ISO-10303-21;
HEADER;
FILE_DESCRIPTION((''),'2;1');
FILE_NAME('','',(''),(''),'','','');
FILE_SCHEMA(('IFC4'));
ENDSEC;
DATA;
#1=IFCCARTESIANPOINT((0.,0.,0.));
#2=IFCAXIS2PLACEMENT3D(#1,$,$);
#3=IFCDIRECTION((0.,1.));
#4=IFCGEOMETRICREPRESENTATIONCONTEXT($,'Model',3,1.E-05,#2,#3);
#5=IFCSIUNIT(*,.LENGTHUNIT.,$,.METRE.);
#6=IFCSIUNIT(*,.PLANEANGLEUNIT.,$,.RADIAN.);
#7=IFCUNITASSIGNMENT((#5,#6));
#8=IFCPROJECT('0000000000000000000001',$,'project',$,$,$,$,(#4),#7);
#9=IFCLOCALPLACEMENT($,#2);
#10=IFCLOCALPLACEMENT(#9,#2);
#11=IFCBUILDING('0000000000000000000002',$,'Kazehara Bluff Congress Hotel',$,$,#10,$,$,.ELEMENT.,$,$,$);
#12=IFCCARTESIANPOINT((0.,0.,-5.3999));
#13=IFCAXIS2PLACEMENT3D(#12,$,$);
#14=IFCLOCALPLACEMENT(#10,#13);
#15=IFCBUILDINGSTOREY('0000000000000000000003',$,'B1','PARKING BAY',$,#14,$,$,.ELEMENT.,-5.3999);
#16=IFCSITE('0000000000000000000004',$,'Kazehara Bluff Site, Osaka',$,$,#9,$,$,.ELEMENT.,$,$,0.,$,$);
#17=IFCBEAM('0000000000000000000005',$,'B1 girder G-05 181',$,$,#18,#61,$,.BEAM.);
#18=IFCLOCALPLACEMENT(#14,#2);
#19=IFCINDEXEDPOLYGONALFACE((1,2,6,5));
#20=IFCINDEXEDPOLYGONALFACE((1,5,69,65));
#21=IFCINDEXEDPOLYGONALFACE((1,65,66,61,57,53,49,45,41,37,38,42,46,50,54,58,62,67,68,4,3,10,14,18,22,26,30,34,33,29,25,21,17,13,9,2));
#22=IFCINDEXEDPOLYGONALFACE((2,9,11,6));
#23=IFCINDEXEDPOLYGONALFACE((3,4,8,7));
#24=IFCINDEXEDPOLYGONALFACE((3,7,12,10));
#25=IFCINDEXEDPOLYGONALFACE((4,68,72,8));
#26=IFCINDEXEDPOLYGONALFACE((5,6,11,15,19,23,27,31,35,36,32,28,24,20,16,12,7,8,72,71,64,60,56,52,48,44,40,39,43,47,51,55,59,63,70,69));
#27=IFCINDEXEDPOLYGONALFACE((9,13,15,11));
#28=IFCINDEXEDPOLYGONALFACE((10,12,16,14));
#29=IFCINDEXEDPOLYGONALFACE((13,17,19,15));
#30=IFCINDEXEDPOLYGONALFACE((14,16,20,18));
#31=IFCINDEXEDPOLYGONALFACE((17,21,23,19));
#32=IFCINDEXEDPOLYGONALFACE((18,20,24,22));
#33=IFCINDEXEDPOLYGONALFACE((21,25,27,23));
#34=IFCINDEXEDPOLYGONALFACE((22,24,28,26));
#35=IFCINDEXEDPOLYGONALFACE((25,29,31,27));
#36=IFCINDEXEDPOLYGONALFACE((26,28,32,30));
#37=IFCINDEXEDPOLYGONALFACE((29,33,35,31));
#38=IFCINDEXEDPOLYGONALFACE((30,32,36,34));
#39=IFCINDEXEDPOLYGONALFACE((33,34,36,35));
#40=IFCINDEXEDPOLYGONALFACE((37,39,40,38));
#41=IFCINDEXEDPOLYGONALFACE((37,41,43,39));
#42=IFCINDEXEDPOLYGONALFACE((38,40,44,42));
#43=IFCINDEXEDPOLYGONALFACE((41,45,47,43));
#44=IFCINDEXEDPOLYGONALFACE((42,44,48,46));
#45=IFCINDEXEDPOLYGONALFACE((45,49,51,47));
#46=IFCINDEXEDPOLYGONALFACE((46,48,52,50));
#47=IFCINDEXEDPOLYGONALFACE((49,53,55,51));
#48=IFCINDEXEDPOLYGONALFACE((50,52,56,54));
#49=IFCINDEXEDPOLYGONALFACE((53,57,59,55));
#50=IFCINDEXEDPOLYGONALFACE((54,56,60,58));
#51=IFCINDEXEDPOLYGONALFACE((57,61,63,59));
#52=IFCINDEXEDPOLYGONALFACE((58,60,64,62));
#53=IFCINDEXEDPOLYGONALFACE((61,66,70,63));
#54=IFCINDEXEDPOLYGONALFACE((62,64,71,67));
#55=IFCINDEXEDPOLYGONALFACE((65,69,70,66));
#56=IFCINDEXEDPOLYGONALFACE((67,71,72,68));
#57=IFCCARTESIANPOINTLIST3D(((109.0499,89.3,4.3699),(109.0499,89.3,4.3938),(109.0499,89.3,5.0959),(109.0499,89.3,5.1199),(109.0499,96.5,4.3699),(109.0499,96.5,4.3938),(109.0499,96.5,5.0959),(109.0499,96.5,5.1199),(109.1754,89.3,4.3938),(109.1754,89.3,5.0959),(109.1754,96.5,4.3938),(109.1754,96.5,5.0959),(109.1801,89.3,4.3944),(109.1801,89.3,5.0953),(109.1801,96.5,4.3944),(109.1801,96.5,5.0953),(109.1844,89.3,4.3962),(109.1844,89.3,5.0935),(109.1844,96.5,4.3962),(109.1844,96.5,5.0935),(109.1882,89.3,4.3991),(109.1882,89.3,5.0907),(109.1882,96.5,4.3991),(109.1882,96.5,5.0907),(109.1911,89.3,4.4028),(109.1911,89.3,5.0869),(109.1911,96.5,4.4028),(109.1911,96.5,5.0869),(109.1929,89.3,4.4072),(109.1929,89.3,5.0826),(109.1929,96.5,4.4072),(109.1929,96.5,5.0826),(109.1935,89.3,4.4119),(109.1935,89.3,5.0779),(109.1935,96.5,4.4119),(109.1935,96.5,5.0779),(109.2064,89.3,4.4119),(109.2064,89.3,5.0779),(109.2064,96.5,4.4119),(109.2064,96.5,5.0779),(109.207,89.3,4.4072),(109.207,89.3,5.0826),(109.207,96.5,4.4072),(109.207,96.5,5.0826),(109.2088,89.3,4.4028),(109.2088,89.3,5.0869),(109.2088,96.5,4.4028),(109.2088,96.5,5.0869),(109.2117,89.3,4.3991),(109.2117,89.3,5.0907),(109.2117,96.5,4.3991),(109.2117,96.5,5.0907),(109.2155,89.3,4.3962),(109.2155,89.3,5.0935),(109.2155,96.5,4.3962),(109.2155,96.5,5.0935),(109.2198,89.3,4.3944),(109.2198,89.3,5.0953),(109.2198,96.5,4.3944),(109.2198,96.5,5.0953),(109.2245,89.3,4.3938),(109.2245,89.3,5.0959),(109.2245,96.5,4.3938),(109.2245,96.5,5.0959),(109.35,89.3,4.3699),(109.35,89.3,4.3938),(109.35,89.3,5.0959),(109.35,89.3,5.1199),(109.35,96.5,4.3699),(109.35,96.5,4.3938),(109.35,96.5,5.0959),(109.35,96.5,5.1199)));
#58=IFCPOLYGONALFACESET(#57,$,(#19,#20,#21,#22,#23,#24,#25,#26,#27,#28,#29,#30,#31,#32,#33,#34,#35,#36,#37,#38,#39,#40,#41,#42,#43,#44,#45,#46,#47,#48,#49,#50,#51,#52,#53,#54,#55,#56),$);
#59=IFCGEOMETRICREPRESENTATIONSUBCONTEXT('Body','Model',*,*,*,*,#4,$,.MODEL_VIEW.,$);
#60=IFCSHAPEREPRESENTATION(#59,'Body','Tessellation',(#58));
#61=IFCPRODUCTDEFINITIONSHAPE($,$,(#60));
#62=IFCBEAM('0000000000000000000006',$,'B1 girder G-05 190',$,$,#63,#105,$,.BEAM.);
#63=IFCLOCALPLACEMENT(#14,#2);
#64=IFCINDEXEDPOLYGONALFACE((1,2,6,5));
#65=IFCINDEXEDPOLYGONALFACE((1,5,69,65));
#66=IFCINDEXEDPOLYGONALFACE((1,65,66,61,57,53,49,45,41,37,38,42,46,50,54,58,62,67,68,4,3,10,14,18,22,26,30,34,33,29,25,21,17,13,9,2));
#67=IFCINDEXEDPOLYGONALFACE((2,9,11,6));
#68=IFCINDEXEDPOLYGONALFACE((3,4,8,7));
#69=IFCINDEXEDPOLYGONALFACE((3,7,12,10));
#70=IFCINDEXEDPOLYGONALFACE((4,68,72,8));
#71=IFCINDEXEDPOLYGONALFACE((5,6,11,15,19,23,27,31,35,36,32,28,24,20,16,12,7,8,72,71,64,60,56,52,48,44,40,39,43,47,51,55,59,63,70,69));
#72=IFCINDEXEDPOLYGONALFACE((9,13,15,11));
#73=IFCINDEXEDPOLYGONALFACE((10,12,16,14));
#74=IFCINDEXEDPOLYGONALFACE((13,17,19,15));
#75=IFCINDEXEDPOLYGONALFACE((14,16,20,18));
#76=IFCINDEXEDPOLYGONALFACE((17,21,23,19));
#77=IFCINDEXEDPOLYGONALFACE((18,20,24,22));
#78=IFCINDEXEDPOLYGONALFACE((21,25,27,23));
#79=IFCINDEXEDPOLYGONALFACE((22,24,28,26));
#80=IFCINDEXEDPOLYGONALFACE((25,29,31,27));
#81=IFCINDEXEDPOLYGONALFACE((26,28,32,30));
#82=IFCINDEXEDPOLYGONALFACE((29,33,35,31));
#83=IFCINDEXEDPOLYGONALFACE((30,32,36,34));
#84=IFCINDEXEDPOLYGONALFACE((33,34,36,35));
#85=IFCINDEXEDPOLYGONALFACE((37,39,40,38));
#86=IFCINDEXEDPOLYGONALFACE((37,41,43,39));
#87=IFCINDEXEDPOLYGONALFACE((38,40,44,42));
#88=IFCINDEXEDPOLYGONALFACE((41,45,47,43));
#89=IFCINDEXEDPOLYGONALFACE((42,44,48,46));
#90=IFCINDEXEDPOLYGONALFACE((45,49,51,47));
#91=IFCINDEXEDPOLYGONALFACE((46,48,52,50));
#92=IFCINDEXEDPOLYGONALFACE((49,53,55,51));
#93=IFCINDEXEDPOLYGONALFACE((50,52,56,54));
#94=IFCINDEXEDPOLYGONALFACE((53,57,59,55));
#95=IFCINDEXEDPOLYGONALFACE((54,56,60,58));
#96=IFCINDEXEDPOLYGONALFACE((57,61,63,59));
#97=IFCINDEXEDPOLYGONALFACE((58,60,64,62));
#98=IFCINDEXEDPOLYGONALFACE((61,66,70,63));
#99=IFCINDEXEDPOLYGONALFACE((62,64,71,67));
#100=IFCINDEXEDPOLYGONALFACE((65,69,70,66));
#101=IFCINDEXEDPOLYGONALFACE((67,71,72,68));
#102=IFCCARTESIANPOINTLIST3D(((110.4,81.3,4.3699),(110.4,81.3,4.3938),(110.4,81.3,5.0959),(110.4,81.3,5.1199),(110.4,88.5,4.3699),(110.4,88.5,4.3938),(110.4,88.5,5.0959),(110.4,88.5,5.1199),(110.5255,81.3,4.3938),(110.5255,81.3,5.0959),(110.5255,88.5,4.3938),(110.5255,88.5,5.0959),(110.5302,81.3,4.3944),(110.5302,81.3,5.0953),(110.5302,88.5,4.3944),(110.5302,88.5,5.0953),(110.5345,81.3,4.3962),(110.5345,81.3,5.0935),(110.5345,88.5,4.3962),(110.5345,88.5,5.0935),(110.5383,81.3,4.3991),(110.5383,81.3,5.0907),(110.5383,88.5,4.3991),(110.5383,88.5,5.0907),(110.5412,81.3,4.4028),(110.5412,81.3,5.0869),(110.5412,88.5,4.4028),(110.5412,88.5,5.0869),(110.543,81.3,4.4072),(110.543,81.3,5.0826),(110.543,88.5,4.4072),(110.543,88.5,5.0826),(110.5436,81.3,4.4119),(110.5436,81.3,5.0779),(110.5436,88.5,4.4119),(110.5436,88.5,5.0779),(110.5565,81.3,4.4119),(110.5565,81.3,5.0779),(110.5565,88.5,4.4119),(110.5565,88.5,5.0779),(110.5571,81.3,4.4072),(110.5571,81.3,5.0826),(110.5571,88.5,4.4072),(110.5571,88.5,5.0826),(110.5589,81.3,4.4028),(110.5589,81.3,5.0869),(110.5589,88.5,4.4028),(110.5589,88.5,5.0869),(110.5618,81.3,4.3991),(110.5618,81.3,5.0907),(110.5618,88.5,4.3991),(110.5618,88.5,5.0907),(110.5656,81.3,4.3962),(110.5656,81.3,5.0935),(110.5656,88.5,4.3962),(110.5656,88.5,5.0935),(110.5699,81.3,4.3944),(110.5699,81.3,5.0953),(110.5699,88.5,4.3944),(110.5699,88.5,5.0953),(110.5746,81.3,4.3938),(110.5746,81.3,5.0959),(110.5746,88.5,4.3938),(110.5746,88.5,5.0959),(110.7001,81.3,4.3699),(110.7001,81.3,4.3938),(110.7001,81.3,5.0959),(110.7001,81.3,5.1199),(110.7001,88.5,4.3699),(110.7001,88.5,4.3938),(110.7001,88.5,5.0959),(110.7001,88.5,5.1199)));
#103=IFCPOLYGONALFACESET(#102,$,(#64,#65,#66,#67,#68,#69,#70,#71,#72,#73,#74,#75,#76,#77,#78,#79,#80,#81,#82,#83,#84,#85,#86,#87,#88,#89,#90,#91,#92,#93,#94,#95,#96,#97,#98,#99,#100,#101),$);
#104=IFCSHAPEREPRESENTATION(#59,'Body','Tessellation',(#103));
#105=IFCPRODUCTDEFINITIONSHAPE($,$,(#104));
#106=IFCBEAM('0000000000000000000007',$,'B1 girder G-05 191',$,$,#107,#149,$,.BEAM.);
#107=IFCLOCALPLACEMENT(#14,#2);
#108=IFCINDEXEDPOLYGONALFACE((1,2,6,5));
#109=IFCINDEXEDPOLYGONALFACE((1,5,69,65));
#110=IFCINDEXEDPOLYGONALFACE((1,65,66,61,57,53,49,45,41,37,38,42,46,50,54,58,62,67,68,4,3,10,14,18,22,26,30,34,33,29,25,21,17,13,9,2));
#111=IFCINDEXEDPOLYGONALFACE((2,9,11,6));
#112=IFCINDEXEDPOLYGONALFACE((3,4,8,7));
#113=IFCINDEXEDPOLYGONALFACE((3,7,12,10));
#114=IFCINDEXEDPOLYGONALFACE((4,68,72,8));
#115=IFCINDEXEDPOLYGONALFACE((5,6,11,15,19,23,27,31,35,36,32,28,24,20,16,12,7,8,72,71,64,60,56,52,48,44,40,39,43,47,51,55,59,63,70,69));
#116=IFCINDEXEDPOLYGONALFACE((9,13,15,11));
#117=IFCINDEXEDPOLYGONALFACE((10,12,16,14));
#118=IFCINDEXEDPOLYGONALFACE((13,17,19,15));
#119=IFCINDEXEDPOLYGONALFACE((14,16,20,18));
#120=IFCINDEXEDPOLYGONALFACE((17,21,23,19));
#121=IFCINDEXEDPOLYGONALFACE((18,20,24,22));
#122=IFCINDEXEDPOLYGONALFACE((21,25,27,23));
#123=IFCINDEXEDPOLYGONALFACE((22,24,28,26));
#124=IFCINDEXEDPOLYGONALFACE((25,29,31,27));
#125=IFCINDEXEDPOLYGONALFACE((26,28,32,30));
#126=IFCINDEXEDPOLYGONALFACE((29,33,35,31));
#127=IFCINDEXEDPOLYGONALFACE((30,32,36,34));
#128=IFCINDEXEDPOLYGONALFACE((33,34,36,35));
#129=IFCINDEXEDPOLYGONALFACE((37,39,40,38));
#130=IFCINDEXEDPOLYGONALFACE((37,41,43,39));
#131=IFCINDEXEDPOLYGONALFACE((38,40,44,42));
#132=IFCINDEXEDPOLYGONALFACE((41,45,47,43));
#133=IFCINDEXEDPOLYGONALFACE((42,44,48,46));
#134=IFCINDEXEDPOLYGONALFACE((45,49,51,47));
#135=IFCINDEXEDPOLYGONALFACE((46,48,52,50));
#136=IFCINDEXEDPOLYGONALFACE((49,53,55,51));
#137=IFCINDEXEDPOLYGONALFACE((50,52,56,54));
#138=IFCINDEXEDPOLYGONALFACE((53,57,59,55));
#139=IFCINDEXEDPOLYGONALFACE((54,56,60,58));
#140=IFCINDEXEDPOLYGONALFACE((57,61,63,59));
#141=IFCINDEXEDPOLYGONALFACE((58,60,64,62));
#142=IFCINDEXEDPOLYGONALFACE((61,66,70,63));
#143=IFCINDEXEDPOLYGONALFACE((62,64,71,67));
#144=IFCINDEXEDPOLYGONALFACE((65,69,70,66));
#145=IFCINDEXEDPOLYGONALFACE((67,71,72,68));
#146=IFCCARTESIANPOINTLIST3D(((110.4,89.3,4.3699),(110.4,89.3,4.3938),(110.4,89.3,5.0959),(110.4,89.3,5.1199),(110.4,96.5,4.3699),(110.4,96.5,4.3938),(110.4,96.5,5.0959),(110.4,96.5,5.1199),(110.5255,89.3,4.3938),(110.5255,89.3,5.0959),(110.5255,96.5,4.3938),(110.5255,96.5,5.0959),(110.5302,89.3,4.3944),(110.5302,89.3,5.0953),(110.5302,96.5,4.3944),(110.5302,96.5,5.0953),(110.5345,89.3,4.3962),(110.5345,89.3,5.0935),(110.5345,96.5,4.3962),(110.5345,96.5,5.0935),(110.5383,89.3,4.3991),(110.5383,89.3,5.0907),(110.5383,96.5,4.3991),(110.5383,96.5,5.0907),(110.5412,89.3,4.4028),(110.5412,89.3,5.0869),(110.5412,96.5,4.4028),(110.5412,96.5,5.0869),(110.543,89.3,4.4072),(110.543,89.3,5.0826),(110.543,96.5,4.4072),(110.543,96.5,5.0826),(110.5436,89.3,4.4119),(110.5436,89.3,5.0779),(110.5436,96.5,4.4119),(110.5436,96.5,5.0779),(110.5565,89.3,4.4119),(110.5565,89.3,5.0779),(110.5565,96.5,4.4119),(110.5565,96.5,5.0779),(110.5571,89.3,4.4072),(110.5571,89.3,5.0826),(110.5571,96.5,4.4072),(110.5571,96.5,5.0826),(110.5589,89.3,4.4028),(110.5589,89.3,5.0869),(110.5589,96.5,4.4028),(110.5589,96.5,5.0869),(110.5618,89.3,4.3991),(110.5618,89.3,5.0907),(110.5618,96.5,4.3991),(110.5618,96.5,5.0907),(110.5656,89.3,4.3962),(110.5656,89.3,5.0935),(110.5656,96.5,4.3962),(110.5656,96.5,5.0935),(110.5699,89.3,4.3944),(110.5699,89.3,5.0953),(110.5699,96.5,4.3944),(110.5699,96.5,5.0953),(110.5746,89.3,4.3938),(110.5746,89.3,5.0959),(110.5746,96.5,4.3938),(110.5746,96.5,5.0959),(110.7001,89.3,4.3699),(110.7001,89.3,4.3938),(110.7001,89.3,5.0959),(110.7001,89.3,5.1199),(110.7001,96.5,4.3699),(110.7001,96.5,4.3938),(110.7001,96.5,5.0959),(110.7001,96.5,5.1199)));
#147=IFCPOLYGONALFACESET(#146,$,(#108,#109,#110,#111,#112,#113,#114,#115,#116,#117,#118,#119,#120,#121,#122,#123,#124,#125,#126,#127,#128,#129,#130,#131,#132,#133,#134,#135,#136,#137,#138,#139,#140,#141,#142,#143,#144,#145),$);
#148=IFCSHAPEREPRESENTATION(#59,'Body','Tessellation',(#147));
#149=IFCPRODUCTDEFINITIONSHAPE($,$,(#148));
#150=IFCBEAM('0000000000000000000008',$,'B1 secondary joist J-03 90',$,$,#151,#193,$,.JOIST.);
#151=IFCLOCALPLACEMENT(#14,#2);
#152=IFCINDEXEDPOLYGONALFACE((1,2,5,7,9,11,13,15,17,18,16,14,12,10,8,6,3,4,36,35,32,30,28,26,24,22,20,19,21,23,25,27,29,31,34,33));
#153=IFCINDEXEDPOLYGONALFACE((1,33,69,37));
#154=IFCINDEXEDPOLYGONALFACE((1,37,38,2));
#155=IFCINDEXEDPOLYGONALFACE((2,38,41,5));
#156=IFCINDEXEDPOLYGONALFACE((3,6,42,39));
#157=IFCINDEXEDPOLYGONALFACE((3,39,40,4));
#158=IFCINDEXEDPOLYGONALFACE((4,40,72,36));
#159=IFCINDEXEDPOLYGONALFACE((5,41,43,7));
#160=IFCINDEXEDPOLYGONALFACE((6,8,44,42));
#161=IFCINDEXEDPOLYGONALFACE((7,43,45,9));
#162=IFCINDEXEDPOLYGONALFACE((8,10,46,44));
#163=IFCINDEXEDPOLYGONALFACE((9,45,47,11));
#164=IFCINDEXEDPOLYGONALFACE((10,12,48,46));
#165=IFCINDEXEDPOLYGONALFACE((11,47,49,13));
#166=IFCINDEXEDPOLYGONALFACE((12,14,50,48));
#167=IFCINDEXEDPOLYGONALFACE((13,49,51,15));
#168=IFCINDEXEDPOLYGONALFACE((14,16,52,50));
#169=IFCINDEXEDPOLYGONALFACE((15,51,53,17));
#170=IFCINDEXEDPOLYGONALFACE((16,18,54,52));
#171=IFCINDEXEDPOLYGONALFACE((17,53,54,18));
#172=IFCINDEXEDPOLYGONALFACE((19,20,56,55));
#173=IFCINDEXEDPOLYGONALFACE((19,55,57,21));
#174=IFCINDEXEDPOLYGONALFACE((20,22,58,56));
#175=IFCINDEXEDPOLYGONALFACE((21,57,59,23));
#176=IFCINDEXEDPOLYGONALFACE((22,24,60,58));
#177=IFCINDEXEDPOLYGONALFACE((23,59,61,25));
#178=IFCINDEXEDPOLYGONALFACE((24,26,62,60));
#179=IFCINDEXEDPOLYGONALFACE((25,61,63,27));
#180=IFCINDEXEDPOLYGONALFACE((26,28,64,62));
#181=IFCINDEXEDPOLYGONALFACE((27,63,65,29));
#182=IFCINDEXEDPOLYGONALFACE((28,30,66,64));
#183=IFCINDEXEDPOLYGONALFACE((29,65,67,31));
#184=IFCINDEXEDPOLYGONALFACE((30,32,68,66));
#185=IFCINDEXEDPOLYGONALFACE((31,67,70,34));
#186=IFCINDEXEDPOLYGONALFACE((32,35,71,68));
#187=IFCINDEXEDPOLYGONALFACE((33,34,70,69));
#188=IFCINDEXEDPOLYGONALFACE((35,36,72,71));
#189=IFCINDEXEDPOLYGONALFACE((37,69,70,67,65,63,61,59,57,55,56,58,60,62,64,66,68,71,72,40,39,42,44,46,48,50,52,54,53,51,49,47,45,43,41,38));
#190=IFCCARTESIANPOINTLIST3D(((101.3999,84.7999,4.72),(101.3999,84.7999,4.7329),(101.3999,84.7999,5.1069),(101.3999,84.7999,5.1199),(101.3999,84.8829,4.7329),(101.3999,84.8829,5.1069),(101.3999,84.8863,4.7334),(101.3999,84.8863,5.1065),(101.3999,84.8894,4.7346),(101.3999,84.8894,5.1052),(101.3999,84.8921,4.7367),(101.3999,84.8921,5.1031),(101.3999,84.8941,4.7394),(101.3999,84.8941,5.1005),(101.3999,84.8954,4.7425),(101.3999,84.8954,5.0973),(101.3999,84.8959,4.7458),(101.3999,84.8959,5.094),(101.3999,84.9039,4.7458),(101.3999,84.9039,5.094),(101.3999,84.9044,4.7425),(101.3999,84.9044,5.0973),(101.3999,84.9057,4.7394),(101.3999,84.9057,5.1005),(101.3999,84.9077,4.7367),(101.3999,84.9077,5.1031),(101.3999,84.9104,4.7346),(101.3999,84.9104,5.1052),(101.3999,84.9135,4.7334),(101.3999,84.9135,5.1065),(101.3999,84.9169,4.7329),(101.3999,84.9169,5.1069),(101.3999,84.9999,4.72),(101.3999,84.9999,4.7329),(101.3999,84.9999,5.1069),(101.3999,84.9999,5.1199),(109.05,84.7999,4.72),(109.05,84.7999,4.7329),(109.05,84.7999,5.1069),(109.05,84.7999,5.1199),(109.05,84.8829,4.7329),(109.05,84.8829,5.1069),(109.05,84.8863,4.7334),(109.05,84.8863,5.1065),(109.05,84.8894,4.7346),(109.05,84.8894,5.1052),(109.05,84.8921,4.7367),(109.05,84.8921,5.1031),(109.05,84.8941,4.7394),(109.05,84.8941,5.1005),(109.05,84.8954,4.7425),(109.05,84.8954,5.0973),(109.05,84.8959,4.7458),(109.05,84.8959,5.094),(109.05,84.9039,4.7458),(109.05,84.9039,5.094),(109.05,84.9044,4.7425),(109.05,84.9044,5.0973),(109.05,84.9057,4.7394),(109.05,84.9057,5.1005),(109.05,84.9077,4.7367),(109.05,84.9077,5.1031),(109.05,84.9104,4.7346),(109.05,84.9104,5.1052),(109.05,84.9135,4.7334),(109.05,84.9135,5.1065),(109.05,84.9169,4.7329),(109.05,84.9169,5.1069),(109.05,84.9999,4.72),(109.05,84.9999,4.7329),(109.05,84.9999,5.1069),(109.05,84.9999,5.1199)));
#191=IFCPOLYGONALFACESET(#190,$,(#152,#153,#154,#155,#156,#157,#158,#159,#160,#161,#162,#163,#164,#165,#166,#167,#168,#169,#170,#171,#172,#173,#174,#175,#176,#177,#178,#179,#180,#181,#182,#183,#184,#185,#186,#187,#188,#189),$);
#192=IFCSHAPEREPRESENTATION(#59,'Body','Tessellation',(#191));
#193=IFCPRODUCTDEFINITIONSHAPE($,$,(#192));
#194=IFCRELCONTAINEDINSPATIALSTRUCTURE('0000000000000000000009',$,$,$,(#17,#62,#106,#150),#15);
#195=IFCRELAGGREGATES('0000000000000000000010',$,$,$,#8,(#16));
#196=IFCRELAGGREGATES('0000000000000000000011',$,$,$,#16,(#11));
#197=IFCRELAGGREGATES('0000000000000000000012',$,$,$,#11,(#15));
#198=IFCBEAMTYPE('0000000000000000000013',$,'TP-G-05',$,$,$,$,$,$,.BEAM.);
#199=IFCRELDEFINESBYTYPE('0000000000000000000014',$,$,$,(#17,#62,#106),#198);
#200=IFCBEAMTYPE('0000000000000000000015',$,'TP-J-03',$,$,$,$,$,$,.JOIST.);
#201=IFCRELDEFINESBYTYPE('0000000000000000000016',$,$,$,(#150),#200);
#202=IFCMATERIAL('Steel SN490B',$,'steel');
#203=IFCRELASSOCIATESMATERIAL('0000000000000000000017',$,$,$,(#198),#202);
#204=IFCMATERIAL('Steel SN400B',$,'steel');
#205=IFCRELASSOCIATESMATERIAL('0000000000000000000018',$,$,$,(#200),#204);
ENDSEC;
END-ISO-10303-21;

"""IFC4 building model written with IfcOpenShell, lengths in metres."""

from ifc_helpers import new_model, si_unit, direction, frame, origin, origin_2d, place, context, subcontext, project, spatial, i_section, extrude, material, material_profile, profile_set, type_object, element, save


model = new_model("IFC4")

# Units and contexts
model_context = context("Model", 3, precision=1e-05, world=origin(), true_north=direction((0.0, 1.0)))
body_context = subcontext(model_context, "Body", "Model", "MODEL_VIEW")
ifc_project = project(units=[si_unit("LENGTHUNIT", "METRE"), si_unit("PLANEANGLEUNIT", "RADIAN")], contexts=[model_context])

# Site, building, storey
site_placement = place(None, origin())
site = spatial("IfcSite", under=ifc_project, at=site_placement, Name="Kazehara Bluff Site, Osaka", CompositionType="ELEMENT", RefElevation=0.0)
building_placement = place(site_placement, origin())
building = spatial("IfcBuilding", under=site, at=building_placement, Name="Kazehara Bluff Congress Hotel", CompositionType="ELEMENT")
storey_placement = place(building_placement, frame((0.0, 0.0, -5.3999)))
storey = spatial("IfcBuildingStorey", under=building, at=storey_placement, Name="B1", Description="PARKING BAY", CompositionType="ELEMENT", Elevation=-5.3999)

# Beams
ifc_material_1 = material(Name="Steel SN490B", Category="steel")
ifc_material_profile_1 = material_profile(ifc_material_1, i_section(OverallWidth=0.3, OverallDepth=0.75, WebThickness=0.0129, FlangeThickness=0.0239, FilletRadius=0.0181, at=origin_2d()))
ifc_profile_set_1 = profile_set([ifc_material_profile_1], Name="Steel SN490B")
beam_type_1 = type_object("IfcBeamType", Name="TP-G-05", PredefinedType="BEAM", material=ifc_profile_set_1)
for number, where, z_axis, x_axis, name in (
    (1, (109.2, 89.3, 4.7449), (0.0, 1.0, 0.0), (-1.0, 0.0, 0.0), "B1 girder G-05 181"),
    (2, (110.55, 81.3, 4.7449), (0.0, 1.0, 0.0), (-1.0, 0.0, 0.0), "B1 girder G-05 190"),
    (3, (110.55, 89.3, 4.7449), (0.0, 1.0, 0.0), (-1.0, 0.0, 0.0), "B1 girder G-05 191"),
):
    element("IfcBeam", number, at=place(storey_placement, frame(where, z_axis=z_axis, x_axis=x_axis)), inside=storey, type_object=beam_type_1, Name=name, PredefinedType="BEAM", context=body_context, shape_type="SweptSolid", body=[
        extrude(i_section(OverallWidth=0.3, OverallDepth=0.75, WebThickness=0.0129, FlangeThickness=0.0239, FilletRadius=0.0181, at=origin_2d()), origin(), (0.0, 0.0, 1.0), 7.2),
    ])
ifc_material_2 = material(Name="Steel SN400B", Category="steel")
ifc_material_profile_2 = material_profile(ifc_material_2, i_section(OverallWidth=0.2, OverallDepth=0.3999, WebThickness=0.0081, FlangeThickness=0.0129, FilletRadius=0.0129, at=origin_2d()))
ifc_profile_set_2 = profile_set([ifc_material_profile_2], Name="Steel SN400B")
beam_type_2 = type_object("IfcBeamType", Name="TP-J-03", PredefinedType="JOIST", material=ifc_profile_set_2)
for number, where, z_axis, x_axis, name in (
    (4, (101.3999, 84.8999, 4.9199), (1.0, 0.0, 0.0), (0.0, 1.0, 0.0), "B1 secondary joist J-03 90"),
):
    element("IfcBeam", number, at=place(storey_placement, frame(where, z_axis=z_axis, x_axis=x_axis)), inside=storey, type_object=beam_type_2, Name=name, PredefinedType="JOIST", context=body_context, shape_type="SweptSolid", body=[
        extrude(i_section(OverallWidth=0.2, OverallDepth=0.3999, WebThickness=0.0081, FlangeThickness=0.0129, FilletRadius=0.0129, at=origin_2d()), origin(), (0.0, 0.0, 1.0), 7.6501),
    ])

save(model, "model.ifc")
